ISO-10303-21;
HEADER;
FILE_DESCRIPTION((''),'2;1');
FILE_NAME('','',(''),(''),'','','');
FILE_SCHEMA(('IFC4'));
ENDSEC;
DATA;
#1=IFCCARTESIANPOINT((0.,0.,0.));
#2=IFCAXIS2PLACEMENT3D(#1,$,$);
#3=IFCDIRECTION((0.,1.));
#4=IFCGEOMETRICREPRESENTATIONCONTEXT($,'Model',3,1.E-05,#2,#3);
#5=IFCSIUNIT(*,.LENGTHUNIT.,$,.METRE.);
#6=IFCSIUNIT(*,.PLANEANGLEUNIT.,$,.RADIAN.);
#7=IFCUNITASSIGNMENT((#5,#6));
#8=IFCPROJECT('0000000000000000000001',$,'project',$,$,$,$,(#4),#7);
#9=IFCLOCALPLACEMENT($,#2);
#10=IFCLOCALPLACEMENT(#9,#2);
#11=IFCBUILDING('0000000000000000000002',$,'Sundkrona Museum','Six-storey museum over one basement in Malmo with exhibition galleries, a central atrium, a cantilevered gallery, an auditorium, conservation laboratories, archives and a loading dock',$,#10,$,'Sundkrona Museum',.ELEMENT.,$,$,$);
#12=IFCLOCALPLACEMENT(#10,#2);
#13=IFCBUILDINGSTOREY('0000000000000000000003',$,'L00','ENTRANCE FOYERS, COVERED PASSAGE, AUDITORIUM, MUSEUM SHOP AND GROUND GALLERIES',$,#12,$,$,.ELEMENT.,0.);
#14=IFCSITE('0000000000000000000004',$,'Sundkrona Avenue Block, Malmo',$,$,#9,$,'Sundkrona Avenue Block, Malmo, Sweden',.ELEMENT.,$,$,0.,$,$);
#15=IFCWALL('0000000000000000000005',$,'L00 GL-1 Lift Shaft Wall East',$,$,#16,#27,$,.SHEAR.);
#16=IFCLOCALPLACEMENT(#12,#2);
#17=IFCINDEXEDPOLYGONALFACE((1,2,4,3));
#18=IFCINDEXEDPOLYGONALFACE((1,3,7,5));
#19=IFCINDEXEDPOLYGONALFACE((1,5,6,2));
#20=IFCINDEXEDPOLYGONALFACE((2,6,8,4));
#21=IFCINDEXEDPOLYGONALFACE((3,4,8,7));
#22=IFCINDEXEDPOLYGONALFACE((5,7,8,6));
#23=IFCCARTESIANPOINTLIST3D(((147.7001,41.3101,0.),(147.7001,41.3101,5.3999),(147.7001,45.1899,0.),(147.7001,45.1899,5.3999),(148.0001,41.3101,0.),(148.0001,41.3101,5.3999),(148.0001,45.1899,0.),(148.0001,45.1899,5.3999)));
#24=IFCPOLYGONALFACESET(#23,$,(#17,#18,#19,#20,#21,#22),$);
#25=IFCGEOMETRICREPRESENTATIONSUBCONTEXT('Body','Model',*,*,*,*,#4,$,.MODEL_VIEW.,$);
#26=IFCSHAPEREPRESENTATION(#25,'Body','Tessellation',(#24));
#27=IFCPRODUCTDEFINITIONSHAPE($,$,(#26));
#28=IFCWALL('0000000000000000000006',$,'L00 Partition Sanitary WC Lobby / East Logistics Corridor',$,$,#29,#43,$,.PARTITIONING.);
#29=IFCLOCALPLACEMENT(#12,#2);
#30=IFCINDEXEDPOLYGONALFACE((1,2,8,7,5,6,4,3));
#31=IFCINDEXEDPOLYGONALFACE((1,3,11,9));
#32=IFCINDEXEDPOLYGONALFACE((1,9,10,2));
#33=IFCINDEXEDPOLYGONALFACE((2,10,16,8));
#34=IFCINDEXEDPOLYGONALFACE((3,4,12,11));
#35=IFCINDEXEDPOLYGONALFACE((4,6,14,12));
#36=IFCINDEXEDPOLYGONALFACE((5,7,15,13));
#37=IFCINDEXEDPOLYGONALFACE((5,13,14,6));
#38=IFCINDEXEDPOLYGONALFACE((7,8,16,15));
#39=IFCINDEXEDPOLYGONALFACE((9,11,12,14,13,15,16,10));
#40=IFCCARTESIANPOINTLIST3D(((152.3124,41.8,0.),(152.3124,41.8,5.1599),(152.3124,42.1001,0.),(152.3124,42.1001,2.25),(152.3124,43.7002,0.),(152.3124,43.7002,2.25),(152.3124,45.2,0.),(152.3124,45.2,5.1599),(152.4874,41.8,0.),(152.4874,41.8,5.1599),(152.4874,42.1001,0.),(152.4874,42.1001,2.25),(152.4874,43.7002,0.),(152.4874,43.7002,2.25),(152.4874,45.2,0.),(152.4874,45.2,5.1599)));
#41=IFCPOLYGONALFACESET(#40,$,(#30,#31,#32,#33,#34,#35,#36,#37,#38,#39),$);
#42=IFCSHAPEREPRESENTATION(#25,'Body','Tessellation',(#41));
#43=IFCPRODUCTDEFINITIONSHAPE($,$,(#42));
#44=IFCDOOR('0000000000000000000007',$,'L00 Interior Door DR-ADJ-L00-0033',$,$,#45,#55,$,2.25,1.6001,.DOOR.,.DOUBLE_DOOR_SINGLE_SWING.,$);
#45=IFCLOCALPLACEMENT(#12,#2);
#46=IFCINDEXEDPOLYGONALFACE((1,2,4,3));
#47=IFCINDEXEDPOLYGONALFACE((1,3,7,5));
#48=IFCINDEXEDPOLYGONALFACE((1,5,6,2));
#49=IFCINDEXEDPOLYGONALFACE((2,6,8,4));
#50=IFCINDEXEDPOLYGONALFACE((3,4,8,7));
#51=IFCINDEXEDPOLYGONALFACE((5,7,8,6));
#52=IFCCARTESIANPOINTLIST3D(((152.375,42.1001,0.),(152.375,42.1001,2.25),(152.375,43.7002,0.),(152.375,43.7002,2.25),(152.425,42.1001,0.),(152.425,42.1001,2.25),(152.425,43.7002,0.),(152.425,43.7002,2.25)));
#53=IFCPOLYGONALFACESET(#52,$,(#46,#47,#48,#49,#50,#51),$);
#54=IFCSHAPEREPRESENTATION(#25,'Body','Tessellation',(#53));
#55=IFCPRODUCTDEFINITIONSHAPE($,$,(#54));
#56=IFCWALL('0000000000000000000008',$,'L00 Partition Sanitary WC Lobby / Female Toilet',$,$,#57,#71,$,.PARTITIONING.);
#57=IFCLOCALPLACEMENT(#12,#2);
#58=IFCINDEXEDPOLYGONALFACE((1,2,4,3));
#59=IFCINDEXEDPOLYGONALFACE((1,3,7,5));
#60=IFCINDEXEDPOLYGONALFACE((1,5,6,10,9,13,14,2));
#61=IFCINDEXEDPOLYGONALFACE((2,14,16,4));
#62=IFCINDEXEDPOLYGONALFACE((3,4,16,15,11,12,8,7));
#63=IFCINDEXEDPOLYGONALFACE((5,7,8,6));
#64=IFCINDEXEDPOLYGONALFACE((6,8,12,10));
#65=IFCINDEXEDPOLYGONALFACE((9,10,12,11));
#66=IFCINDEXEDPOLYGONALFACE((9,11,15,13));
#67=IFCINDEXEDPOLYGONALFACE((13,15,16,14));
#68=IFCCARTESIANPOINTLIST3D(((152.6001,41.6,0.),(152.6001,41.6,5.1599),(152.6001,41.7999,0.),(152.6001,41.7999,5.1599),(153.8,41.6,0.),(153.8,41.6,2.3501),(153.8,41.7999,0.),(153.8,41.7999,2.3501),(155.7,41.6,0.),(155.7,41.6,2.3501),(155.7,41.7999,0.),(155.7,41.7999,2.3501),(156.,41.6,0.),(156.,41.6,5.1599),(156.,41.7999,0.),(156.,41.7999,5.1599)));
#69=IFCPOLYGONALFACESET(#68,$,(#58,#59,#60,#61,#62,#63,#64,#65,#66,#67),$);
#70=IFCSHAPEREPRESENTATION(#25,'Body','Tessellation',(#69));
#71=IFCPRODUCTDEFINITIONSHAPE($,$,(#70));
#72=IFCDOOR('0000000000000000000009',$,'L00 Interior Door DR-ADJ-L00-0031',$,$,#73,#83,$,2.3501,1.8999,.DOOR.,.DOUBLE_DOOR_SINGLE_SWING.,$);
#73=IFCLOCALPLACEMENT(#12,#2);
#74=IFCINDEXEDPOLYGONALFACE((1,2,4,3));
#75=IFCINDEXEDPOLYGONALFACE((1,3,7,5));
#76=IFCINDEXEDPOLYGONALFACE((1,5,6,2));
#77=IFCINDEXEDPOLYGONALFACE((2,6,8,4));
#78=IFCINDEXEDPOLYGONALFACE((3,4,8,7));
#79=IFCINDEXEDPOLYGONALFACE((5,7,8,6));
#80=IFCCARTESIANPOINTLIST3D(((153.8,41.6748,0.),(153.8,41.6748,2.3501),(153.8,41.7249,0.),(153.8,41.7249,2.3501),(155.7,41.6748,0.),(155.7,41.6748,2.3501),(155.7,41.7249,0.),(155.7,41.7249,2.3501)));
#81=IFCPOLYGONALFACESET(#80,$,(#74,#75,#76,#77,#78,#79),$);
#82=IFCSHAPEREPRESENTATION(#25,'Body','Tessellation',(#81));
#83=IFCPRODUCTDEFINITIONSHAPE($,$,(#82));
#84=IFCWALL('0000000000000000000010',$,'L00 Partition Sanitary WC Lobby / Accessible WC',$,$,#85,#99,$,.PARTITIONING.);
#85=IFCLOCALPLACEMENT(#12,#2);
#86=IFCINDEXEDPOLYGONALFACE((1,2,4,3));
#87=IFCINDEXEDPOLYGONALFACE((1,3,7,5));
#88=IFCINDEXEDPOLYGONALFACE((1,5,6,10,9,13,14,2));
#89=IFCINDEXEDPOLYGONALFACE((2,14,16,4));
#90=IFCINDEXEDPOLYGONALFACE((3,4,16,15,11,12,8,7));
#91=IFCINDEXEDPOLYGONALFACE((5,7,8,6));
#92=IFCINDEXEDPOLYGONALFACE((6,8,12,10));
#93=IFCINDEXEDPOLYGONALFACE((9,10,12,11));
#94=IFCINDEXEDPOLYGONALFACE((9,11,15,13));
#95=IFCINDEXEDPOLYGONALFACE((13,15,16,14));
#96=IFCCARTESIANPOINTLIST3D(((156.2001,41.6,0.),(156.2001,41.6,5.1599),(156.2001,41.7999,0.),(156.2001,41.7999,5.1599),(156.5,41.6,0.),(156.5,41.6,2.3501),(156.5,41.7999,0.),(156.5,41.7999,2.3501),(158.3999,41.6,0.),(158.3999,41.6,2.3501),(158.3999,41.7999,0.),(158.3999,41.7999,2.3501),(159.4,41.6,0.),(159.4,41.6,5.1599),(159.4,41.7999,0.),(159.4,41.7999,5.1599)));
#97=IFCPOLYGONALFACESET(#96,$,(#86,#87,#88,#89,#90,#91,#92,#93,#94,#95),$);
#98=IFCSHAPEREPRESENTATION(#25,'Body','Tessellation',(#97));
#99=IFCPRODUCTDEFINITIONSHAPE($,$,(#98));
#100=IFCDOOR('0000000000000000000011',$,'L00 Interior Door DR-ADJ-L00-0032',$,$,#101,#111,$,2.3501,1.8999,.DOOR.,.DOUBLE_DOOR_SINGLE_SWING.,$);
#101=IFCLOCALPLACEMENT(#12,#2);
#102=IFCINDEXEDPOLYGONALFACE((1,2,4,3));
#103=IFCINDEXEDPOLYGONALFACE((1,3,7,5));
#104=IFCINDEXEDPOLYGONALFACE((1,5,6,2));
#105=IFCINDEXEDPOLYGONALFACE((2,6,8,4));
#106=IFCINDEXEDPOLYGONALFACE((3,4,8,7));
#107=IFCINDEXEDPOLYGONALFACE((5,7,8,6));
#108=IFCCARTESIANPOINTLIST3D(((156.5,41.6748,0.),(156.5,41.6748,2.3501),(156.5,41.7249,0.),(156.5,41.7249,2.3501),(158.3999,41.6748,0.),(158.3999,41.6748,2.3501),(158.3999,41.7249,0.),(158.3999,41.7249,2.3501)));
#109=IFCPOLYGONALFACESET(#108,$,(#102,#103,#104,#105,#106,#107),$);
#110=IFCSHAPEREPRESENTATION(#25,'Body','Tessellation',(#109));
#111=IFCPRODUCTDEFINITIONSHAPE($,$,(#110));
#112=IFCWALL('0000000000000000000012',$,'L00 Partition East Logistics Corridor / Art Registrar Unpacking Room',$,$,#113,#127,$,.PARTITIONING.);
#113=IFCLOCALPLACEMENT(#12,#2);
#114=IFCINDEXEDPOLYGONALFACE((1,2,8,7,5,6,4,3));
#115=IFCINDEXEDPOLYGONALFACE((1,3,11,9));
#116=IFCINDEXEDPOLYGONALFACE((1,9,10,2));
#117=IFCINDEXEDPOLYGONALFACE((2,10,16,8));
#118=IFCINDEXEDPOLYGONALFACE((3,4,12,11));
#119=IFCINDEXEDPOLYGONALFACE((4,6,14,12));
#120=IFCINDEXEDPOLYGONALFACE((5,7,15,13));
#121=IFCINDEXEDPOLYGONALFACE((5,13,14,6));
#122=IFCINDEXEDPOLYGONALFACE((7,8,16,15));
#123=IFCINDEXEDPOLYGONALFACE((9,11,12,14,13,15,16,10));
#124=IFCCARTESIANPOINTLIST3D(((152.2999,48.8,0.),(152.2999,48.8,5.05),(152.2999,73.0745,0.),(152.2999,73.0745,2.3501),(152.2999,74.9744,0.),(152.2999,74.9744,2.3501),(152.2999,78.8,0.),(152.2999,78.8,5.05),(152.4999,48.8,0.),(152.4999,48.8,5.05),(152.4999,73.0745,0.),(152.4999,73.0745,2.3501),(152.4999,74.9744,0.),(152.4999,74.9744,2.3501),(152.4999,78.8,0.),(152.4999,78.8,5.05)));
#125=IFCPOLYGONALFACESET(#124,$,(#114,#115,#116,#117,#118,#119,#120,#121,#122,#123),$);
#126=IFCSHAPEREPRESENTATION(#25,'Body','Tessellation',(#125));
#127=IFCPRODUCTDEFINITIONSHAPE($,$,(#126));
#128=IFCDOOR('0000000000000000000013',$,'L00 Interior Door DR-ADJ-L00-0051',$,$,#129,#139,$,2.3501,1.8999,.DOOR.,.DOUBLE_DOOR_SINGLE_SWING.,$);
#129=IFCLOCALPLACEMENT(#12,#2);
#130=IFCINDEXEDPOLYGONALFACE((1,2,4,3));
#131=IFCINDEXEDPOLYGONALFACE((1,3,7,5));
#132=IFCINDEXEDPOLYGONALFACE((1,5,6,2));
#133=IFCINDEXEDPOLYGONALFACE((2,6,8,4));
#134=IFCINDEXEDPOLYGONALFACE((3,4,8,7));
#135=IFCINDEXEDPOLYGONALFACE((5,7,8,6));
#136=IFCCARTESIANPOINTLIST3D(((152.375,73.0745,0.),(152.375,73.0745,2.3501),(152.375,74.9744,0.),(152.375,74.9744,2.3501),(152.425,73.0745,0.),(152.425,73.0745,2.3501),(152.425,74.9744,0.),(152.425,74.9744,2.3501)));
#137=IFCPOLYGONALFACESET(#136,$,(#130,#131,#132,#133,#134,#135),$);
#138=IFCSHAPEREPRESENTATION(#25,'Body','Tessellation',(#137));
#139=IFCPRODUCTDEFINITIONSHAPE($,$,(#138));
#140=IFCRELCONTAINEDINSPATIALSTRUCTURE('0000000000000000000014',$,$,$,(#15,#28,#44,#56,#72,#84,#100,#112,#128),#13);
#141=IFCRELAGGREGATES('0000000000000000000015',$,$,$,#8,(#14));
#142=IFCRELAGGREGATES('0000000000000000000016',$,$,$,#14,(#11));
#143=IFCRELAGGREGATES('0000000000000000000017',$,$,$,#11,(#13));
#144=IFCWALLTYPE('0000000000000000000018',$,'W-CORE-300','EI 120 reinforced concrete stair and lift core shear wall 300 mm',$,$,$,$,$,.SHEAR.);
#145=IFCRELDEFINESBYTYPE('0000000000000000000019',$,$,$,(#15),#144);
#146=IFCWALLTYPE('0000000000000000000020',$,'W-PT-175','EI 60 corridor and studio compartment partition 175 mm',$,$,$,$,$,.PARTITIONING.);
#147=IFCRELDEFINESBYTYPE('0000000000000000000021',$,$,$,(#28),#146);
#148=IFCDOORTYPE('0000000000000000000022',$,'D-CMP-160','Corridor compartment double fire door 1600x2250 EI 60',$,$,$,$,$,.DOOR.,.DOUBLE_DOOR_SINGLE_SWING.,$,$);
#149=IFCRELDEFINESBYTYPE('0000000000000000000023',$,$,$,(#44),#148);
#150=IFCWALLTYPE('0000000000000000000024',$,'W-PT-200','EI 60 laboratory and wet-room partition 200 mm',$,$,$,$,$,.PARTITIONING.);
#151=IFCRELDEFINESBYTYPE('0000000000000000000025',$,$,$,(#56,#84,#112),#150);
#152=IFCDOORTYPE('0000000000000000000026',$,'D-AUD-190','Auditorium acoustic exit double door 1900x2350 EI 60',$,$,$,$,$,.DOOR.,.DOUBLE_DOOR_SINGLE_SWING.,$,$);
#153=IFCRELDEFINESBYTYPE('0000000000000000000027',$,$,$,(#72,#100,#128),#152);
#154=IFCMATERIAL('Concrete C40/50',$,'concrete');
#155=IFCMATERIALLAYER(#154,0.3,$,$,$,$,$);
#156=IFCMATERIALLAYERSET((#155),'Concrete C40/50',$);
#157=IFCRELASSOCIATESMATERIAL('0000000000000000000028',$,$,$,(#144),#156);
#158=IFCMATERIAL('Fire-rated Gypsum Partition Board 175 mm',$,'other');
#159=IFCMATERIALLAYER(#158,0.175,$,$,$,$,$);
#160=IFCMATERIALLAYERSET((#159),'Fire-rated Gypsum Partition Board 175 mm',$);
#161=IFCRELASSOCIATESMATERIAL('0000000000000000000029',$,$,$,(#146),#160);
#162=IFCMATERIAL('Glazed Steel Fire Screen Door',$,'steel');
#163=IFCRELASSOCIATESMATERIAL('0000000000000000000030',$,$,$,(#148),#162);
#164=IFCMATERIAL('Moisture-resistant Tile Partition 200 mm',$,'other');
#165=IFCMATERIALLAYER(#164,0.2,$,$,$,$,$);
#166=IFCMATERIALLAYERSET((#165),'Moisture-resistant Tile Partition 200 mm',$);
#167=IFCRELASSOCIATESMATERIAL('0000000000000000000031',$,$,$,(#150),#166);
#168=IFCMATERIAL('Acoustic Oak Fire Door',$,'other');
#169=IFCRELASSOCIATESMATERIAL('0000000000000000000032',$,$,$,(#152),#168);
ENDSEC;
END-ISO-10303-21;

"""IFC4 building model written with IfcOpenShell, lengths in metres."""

from ifc_helpers import new_model, si_unit, direction, frame, frame_2d, origin, place, context, subcontext, project, spatial, rectangle, extrude, material, layer, layer_set, type_object, element, fill, save


model = new_model("IFC4")

# Units and contexts
model_context = context("Model", 3, precision=1e-05, world=origin(), true_north=direction((0.0, 1.0)))
body_context = subcontext(model_context, "Body", "Model", "MODEL_VIEW")
ifc_project = project(units=[si_unit("LENGTHUNIT", "METRE"), si_unit("PLANEANGLEUNIT", "RADIAN")], contexts=[model_context])

# Site, building, storey
site_placement = place(None, origin())
site = spatial("IfcSite", under=ifc_project, at=site_placement, Name="Sundkrona Avenue Block, Malmo", LongName="Sundkrona Avenue Block, Malmo, Sweden", CompositionType="ELEMENT", RefElevation=0.0)
building_placement = place(site_placement, origin())
building = spatial("IfcBuilding", under=site, at=building_placement, Name="Sundkrona Museum", Description="Six-storey museum over one basement in Malmo with exhibition galleries, a central atrium, a cantilevered gallery, an auditorium, conservation laboratories, archives and a loading dock", LongName="Sundkrona Museum", CompositionType="ELEMENT")
storey_placement = place(building_placement, origin())
storey = spatial("IfcBuildingStorey", under=building, at=storey_placement, Name="L00", Description="ENTRANCE FOYERS, COVERED PASSAGE, AUDITORIUM, MUSEUM SHOP AND GROUND GALLERIES", CompositionType="ELEMENT", Elevation=0.0)

# Shared definitions
ifc_material_1 = material(Name="Concrete C40/50", Category="concrete")

# Wall
ifc_layer_1 = layer(ifc_material_1, 0.3)
ifc_layer_set_1 = layer_set([ifc_layer_1], Name="Concrete C40/50")
wall_type_1 = type_object("IfcWallType", Name="W-CORE-300", Description="EI 120 reinforced concrete stair and lift core shear wall 300 mm", PredefinedType="SHEAR", material=ifc_layer_set_1)
for number, where, z_axis, x_axis, name in (
    (1, (147.8501, 41.3101, 0.0), (0.0, 0.0, 1.0), (0.0, 1.0, 0.0), "L00 GL-1 Lift Shaft Wall East"),
):
    element("IfcWall", number, at=place(storey_placement, frame(where, z_axis=z_axis, x_axis=x_axis)), inside=storey, type_object=wall_type_1, Name=name, PredefinedType="SHEAR", context=body_context, shape_type="SweptSolid", body=[
        extrude(rectangle(XDim=3.8799, YDim=0.3, at=frame_2d((1.9399, 0.0))), origin(), (0.0, 0.0, 1.0), 5.3999),
    ])

# Walls, openings, doors
ifc_material_2 = material(Name="Fire-rated Gypsum Partition Board 175 mm", Category="other")
ifc_layer_2 = layer(ifc_material_2, 0.175)
ifc_layer_set_2 = layer_set([ifc_layer_2], Name="Fire-rated Gypsum Partition Board 175 mm")
wall_type_2 = type_object("IfcWallType", Name="W-PT-175", Description="EI 60 corridor and studio compartment partition 175 mm", PredefinedType="PARTITIONING", material=ifc_layer_set_2)
wall_1_placement = place(storey_placement, frame((152.3999, 41.8, 0.0), z_axis=(0.0, 0.0, 1.0), x_axis=(0.0, 1.0, 0.0)))
wall_1 = element("IfcWall", 2, at=wall_1_placement, inside=storey, type_object=wall_type_2, Name="L00 Partition Sanitary WC Lobby / East Logistics Corridor", PredefinedType="PARTITIONING", context=body_context, shape_type="SweptSolid", body=[
    extrude(rectangle(XDim=3.3999, YDim=0.175, at=frame_2d((1.7, 0.0))), origin(), (0.0, 0.0, 1.0), 5.1599),
])
opening_1_placement = place(wall_1_placement, frame((0.3, 0.0, 0.0)))
opening_1 = element("IfcOpeningElement", 3, at=opening_1_placement, cuts=wall_1, PredefinedType="OPENING", context=body_context, shape_type="SweptSolid", body=[
    extrude(rectangle(XDim=1.6001, YDim=2.25, at=frame_2d((0.8, 1.125))), frame((0.0, 0.0974, 0.0), z_axis=(0.0, -1.0, 0.0), x_axis=(1.0, 0.0, 0.0)), (0.0, 0.0, 1.0), 0.1951),
])
ifc_material_3 = material(Name="Glazed Steel Fire Screen Door", Category="steel")
door_type_1 = type_object("IfcDoorType", Name="D-CMP-160", Description="Corridor compartment double fire door 1600x2250 EI 60", OperationType="DOUBLE_DOOR_SINGLE_SWING", PredefinedType="DOOR", material=ifc_material_3)
door_1_placement = place(opening_1_placement, origin())
door_1 = element("IfcDoor", 4, at=door_1_placement, inside=storey, type_object=door_type_1, Name="L00 Interior Door DR-ADJ-L00-0033", OperationType="DOUBLE_DOOR_SINGLE_SWING", OverallHeight=2.25, OverallWidth=1.6001, PredefinedType="DOOR", context=body_context, shape_type="SweptSolid", body=[
    extrude(rectangle(XDim=1.6001, YDim=2.25, at=frame_2d((0.8, 1.125))), frame((0.0, 0.0249, 0.0), z_axis=(0.0, -1.0, 0.0), x_axis=(1.0, 0.0, 0.0)), (0.0, 0.0, 1.0), 0.05),
])
fill(opening_1, door_1)
ifc_material_4 = material(Name="Moisture-resistant Tile Partition 200 mm", Category="other")
ifc_layer_3 = layer(ifc_material_4, 0.2)
ifc_layer_set_3 = layer_set([ifc_layer_3], Name="Moisture-resistant Tile Partition 200 mm")
wall_type_3 = type_object("IfcWallType", Name="W-PT-200", Description="EI 60 laboratory and wet-room partition 200 mm", PredefinedType="PARTITIONING", material=ifc_layer_set_3)
wall_2_placement = place(storey_placement, frame((152.6001, 41.7, 0.0), z_axis=(0.0, 0.0, 1.0), x_axis=(1.0, 0.0, 0.0)))
wall_2 = element("IfcWall", 5, at=wall_2_placement, inside=storey, type_object=wall_type_3, Name="L00 Partition Sanitary WC Lobby / Female Toilet", PredefinedType="PARTITIONING", context=body_context, shape_type="SweptSolid", body=[
    extrude(rectangle(XDim=3.3999, YDim=0.2, at=frame_2d((1.7, 0.0))), origin(), (0.0, 0.0, 1.0), 5.1599),
])
opening_2_placement = place(wall_2_placement, frame((1.2, 0.0, 0.0)))
opening_2 = element("IfcOpeningElement", 6, at=opening_2_placement, cuts=wall_2, PredefinedType="OPENING", context=body_context, shape_type="SweptSolid", body=[
    extrude(rectangle(XDim=1.8999, YDim=2.3501, at=frame_2d((0.95, 1.175))), frame((0.0, 0.1099, 0.0), z_axis=(0.0, -1.0, 0.0), x_axis=(1.0, 0.0, 0.0)), (0.0, 0.0, 1.0), 0.22),
])
ifc_material_5 = material(Name="Acoustic Oak Fire Door", Category="other")
door_type_2 = type_object("IfcDoorType", Name="D-AUD-190", Description="Auditorium acoustic exit double door 1900x2350 EI 60", OperationType="DOUBLE_DOOR_SINGLE_SWING", PredefinedType="DOOR", material=ifc_material_5)
door_2_placement = place(opening_2_placement, origin())
door_2 = element("IfcDoor", 7, at=door_2_placement, inside=storey, type_object=door_type_2, Name="L00 Interior Door DR-ADJ-L00-0031", OperationType="DOUBLE_DOOR_SINGLE_SWING", OverallHeight=2.3501, OverallWidth=1.8999, PredefinedType="DOOR", context=body_context, shape_type="SweptSolid", body=[
    extrude(rectangle(XDim=1.8999, YDim=2.3501, at=frame_2d((0.95, 1.175))), frame((0.0, 0.0249, 0.0), z_axis=(0.0, -1.0, 0.0), x_axis=(1.0, 0.0, 0.0)), (0.0, 0.0, 1.0), 0.05),
])
fill(opening_2, door_2)
wall_3_placement = place(storey_placement, frame((156.2, 41.7, 0.0), z_axis=(0.0, 0.0, 1.0), x_axis=(1.0, 0.0, 0.0)))
wall_3 = element("IfcWall", 8, at=wall_3_placement, inside=storey, type_object=wall_type_3, Name="L00 Partition Sanitary WC Lobby / Accessible WC", PredefinedType="PARTITIONING", context=body_context, shape_type="SweptSolid", body=[
    extrude(rectangle(XDim=3.2, YDim=0.2, at=frame_2d((1.6001, 0.0))), origin(), (0.0, 0.0, 1.0), 5.1599),
])
opening_3_placement = place(wall_3_placement, frame((0.3, 0.0, 0.0)))
opening_3 = element("IfcOpeningElement", 9, at=opening_3_placement, cuts=wall_3, PredefinedType="OPENING", context=body_context, shape_type="SweptSolid", body=[
    extrude(rectangle(XDim=1.8999, YDim=2.3501, at=frame_2d((0.95, 1.175))), frame((0.0, 0.1099, 0.0), z_axis=(0.0, -1.0, 0.0), x_axis=(1.0, 0.0, 0.0)), (0.0, 0.0, 1.0), 0.22),
])
door_3_placement = place(opening_3_placement, origin())
door_3 = element("IfcDoor", 10, at=door_3_placement, inside=storey, type_object=door_type_2, Name="L00 Interior Door DR-ADJ-L00-0032", OperationType="DOUBLE_DOOR_SINGLE_SWING", OverallHeight=2.3501, OverallWidth=1.8999, PredefinedType="DOOR", context=body_context, shape_type="SweptSolid", body=[
    extrude(rectangle(XDim=1.8999, YDim=2.3501, at=frame_2d((0.95, 1.175))), frame((0.0, 0.0249, 0.0), z_axis=(0.0, -1.0, 0.0), x_axis=(1.0, 0.0, 0.0)), (0.0, 0.0, 1.0), 0.05),
])
fill(opening_3, door_3)
wall_4_placement = place(storey_placement, frame((152.3999, 48.8, 0.0), z_axis=(0.0, 0.0, 1.0), x_axis=(0.0, 1.0, 0.0)))
wall_4 = element("IfcWall", 11, at=wall_4_placement, inside=storey, type_object=wall_type_3, Name="L00 Partition East Logistics Corridor / Art Registrar Unpacking Room", PredefinedType="PARTITIONING", context=body_context, shape_type="SweptSolid", body=[
    extrude(rectangle(XDim=30.0, YDim=0.2, at=frame_2d((15.0, 0.0))), origin(), (0.0, 0.0, 1.0), 5.05),
])
opening_4_placement = place(wall_4_placement, frame((24.2744, 0.0, 0.0)))
opening_4 = element("IfcOpeningElement", 12, at=opening_4_placement, cuts=wall_4, PredefinedType="OPENING", context=body_context, shape_type="SweptSolid", body=[
    extrude(rectangle(XDim=1.8999, YDim=2.3501, at=frame_2d((0.95, 1.175))), frame((0.0, 0.1099, 0.0), z_axis=(0.0, -1.0, 0.0), x_axis=(1.0, 0.0, 0.0)), (0.0, 0.0, 1.0), 0.22),
])
door_4_placement = place(opening_4_placement, origin())
door_4 = element("IfcDoor", 13, at=door_4_placement, inside=storey, type_object=door_type_2, Name="L00 Interior Door DR-ADJ-L00-0051", OperationType="DOUBLE_DOOR_SINGLE_SWING", OverallHeight=2.3501, OverallWidth=1.8999, PredefinedType="DOOR", context=body_context, shape_type="SweptSolid", body=[
    extrude(rectangle(XDim=1.8999, YDim=2.3501, at=frame_2d((0.95, 1.175))), frame((0.0, 0.0249, 0.0), z_axis=(0.0, -1.0, 0.0), x_axis=(1.0, 0.0, 0.0)), (0.0, 0.0, 1.0), 0.05),
])
fill(opening_4, door_4)

save(model, "model.ifc")
